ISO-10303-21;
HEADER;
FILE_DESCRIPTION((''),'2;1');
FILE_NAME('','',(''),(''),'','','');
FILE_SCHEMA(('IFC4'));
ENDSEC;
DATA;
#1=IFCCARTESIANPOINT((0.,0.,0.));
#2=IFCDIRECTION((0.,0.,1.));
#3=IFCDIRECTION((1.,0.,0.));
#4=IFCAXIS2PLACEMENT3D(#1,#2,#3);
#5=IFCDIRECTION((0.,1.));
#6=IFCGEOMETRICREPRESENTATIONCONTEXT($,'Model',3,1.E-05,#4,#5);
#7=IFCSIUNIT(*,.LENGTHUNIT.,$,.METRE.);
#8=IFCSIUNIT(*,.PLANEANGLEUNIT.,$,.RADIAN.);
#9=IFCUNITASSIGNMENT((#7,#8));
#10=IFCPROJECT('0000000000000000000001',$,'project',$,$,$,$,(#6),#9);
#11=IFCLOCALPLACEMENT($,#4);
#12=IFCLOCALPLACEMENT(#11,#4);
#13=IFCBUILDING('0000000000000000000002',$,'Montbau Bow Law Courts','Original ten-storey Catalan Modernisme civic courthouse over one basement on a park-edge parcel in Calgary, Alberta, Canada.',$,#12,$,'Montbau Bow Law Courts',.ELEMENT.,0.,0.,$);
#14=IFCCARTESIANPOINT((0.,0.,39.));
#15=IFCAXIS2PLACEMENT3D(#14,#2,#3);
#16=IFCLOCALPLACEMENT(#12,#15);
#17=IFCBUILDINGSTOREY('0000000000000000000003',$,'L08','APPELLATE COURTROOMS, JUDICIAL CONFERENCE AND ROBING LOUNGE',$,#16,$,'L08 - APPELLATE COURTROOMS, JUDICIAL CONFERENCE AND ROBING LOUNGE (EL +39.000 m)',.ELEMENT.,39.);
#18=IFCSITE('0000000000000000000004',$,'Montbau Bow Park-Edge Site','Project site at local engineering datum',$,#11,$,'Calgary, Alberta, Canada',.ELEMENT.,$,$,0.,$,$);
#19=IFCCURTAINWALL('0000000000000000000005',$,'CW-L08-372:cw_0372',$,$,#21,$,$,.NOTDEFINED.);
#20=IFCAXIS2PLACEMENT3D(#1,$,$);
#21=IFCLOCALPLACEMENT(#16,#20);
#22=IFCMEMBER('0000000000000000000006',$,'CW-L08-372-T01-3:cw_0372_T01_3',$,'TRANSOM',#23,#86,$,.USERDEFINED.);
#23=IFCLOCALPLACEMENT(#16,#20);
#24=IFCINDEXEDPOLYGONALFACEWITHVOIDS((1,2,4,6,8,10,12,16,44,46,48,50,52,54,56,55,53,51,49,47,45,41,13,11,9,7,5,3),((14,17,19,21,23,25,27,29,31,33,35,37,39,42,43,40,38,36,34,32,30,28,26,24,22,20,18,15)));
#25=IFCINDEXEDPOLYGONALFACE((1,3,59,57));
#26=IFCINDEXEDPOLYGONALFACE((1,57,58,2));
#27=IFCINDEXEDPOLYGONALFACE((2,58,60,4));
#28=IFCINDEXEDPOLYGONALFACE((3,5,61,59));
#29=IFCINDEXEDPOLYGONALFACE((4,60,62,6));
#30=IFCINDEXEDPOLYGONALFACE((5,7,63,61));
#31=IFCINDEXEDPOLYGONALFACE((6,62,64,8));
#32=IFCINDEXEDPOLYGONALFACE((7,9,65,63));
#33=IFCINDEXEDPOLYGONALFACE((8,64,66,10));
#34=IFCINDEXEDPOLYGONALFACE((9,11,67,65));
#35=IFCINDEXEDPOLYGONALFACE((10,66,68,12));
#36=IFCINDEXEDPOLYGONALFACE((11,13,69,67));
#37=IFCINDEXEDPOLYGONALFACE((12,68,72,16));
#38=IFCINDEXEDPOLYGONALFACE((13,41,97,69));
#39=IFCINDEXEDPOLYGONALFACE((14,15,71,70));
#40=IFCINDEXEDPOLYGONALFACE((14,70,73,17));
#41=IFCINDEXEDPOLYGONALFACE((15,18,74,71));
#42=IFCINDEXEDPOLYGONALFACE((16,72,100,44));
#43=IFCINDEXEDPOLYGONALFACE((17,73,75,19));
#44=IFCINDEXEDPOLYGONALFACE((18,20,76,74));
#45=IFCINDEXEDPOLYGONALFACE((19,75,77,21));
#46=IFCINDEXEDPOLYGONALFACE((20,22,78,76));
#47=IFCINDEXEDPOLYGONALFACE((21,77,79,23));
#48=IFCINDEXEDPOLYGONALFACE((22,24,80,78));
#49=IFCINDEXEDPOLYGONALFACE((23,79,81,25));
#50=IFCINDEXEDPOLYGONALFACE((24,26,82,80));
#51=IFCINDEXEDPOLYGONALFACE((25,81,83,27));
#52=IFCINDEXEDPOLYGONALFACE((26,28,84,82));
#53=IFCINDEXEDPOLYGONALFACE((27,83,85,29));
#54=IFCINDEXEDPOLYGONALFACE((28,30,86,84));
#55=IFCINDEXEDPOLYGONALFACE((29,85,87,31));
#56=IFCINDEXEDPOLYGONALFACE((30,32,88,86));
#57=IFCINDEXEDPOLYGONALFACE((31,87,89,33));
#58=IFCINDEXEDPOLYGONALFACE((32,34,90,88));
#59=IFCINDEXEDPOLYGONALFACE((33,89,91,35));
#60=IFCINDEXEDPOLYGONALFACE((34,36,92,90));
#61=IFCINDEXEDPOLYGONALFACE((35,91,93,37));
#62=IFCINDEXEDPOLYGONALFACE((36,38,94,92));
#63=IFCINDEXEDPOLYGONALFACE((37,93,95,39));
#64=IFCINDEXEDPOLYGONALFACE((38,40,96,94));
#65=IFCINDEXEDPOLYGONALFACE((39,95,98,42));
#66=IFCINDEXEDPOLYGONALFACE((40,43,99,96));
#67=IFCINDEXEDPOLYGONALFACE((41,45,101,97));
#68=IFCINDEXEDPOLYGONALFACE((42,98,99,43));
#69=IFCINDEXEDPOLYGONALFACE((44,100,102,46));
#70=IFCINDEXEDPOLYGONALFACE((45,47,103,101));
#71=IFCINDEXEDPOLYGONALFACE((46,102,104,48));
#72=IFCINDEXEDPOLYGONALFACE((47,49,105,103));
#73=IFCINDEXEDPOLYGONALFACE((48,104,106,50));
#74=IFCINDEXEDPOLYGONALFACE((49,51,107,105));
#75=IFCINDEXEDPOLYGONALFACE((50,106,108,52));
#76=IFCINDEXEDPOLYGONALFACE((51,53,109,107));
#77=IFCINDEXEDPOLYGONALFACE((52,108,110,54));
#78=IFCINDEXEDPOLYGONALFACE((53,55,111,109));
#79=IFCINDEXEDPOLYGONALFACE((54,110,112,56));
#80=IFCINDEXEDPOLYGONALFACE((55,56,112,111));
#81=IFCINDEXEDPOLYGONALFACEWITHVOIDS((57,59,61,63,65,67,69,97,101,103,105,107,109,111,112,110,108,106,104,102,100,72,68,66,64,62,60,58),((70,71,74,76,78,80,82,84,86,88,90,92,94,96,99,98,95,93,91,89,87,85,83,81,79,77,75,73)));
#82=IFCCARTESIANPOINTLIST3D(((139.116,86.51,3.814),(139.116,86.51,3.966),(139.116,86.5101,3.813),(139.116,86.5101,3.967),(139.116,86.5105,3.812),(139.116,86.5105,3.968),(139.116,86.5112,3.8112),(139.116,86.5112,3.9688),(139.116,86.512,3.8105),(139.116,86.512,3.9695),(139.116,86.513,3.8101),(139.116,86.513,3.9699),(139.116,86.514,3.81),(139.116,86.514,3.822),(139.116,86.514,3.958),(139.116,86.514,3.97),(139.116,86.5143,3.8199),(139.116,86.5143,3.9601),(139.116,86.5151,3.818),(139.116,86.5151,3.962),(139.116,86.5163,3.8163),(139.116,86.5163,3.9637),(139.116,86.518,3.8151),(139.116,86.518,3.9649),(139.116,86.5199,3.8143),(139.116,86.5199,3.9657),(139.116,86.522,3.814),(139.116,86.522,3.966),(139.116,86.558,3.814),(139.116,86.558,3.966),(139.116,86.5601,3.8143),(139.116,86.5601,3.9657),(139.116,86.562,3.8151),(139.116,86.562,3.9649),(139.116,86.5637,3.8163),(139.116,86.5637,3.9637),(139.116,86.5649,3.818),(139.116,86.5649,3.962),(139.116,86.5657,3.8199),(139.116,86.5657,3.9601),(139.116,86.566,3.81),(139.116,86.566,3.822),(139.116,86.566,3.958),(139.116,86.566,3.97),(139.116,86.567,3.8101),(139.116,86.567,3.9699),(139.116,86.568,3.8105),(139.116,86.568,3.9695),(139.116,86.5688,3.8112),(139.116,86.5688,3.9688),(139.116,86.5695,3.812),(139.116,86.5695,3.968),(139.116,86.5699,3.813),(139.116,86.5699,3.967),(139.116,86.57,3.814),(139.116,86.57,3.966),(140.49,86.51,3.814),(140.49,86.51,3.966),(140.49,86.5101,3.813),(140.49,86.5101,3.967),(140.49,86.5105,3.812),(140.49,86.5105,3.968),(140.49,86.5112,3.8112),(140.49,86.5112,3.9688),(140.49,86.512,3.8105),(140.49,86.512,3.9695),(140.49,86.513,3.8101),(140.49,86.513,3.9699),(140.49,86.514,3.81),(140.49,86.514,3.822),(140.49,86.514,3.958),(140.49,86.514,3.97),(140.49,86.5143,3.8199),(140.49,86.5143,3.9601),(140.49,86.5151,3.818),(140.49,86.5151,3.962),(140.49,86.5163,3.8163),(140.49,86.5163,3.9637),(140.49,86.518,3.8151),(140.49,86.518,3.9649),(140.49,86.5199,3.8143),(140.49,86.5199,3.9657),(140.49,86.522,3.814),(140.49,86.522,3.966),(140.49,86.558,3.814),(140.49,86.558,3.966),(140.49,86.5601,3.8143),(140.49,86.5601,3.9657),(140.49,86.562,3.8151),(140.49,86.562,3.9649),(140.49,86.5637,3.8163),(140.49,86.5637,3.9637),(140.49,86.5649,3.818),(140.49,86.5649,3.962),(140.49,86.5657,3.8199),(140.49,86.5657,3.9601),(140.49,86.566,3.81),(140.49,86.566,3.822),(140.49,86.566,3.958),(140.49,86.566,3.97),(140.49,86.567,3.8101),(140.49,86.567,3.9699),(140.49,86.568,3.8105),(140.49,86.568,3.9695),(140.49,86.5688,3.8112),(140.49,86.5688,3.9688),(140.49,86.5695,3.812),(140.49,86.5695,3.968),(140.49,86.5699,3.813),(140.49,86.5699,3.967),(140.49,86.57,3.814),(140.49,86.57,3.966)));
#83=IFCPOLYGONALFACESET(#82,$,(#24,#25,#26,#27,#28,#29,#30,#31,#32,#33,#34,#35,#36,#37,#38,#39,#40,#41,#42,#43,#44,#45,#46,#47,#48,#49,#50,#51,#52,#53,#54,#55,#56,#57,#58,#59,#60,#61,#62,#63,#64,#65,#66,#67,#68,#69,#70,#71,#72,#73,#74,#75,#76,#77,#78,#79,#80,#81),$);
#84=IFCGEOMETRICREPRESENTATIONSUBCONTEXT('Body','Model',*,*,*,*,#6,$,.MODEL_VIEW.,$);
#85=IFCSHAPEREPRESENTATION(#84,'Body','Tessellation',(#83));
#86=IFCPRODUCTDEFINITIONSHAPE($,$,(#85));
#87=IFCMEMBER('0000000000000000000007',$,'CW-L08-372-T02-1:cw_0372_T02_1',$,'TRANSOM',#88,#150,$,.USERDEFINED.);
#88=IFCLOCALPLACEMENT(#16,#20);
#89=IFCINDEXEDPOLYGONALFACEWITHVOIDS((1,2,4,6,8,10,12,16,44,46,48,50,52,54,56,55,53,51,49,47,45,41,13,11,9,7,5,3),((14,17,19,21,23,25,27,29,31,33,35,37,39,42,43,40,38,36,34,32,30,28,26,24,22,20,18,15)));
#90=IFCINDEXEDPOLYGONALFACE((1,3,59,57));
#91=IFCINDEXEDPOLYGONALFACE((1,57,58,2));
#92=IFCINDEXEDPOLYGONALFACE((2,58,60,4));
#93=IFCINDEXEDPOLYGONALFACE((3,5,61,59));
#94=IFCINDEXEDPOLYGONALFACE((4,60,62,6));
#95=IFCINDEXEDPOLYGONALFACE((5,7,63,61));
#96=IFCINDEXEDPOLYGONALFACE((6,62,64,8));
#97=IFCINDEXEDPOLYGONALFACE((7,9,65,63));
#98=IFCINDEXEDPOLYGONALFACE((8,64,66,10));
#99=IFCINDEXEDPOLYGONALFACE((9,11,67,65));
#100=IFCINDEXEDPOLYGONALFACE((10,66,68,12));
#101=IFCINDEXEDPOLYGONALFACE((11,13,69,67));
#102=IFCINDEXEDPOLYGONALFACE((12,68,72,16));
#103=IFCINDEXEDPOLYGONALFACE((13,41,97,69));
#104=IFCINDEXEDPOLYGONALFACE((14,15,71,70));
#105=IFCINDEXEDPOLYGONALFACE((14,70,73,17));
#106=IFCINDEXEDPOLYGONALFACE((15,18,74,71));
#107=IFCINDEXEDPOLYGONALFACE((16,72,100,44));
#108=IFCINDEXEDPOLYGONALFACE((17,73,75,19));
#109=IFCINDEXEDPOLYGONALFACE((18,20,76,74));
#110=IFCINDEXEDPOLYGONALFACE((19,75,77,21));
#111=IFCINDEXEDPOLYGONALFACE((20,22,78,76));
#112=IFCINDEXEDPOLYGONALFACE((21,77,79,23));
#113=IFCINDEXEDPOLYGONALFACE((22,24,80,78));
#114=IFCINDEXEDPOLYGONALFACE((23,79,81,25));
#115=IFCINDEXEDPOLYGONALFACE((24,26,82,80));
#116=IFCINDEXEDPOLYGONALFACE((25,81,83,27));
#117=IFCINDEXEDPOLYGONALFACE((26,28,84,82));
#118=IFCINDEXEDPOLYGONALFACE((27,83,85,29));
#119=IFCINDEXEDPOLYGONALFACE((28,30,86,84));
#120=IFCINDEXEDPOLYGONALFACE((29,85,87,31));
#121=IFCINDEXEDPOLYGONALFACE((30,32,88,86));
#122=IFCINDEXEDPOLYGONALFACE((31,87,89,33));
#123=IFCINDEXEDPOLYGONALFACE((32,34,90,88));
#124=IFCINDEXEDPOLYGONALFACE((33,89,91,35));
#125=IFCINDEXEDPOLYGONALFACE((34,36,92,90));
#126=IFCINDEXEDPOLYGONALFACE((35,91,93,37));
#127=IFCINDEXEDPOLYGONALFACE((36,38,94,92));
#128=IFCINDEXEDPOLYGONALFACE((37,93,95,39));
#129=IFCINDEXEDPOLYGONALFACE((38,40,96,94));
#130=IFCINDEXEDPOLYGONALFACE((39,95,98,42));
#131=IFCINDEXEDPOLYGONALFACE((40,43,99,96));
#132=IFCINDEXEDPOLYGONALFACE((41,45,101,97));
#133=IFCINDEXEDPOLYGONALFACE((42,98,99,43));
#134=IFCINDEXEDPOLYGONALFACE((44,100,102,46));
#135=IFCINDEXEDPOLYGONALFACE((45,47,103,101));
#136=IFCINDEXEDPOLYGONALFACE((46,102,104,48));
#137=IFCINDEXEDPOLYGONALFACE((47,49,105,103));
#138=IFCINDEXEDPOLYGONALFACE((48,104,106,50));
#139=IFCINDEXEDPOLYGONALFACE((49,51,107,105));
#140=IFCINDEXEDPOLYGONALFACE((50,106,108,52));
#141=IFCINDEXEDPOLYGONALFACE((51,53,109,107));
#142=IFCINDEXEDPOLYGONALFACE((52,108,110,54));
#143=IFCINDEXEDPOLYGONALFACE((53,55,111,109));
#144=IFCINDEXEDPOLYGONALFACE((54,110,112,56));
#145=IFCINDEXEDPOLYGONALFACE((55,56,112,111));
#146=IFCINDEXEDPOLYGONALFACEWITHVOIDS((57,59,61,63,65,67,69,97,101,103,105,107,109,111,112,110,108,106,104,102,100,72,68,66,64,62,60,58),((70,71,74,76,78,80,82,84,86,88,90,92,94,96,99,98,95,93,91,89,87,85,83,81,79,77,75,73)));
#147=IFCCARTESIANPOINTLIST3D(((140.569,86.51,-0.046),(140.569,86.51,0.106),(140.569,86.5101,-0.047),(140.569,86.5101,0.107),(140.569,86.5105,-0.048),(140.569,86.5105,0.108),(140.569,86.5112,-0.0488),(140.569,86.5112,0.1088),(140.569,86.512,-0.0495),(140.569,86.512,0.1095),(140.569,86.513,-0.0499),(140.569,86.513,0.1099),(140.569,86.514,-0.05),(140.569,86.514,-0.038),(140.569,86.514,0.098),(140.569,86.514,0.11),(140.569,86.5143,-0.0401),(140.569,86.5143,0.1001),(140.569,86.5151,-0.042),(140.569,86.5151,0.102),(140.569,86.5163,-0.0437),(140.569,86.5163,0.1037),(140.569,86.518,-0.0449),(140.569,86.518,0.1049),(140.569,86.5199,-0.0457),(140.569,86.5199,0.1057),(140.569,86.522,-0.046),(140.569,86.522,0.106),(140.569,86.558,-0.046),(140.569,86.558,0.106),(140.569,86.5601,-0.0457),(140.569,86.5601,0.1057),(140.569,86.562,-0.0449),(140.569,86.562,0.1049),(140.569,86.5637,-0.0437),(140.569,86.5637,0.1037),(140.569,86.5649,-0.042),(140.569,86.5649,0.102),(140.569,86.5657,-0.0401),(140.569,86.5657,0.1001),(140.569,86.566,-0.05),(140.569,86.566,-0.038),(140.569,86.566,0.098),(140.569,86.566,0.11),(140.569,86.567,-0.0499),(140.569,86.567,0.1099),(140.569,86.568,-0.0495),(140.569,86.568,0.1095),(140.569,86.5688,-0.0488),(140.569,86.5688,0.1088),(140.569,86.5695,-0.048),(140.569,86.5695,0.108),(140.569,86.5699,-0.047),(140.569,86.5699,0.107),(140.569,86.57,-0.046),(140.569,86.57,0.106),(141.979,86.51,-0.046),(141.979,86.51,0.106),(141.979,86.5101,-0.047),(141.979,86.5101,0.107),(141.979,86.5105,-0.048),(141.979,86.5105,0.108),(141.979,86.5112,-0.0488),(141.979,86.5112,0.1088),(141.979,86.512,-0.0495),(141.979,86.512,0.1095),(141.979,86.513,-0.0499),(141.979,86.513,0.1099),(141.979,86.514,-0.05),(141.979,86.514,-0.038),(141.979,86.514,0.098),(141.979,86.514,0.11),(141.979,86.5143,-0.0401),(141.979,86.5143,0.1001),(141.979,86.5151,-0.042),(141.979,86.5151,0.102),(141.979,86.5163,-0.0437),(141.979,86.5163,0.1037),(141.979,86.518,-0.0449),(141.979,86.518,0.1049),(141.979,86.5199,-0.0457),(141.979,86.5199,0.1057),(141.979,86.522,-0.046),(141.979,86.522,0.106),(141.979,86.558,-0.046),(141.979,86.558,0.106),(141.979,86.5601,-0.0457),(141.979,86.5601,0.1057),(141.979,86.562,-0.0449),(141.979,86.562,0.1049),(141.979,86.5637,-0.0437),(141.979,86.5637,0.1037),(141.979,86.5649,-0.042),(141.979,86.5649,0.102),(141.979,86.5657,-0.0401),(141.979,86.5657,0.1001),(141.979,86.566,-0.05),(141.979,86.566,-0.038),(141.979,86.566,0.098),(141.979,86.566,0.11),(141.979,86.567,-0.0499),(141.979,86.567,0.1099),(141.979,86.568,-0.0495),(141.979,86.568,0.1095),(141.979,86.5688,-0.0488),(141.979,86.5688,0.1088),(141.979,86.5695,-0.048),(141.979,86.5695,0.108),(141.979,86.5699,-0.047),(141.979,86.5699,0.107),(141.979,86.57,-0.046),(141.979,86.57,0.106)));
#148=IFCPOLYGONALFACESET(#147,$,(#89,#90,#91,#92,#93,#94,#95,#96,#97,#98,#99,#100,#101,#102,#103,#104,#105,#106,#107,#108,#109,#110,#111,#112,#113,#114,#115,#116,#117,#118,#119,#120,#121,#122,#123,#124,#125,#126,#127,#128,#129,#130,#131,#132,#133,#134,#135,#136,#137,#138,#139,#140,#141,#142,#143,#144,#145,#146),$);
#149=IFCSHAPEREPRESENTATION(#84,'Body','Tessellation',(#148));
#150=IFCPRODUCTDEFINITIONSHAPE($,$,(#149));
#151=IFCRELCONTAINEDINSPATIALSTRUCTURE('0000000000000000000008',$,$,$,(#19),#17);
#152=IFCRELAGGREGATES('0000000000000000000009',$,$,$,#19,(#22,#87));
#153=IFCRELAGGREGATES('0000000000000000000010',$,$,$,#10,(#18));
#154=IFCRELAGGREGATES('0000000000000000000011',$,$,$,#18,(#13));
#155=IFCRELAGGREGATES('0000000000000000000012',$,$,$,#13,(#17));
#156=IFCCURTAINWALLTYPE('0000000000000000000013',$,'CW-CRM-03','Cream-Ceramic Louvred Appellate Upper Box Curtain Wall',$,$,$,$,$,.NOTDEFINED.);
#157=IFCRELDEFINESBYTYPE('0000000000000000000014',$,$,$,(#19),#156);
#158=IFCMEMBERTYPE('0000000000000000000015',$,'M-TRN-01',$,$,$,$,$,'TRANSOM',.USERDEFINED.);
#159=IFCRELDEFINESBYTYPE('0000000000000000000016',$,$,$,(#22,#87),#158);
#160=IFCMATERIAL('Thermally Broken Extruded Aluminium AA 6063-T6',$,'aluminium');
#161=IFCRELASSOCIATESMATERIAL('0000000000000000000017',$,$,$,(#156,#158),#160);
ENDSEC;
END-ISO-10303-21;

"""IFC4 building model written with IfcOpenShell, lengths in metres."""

from ifc_helpers import new_model, si_unit, direction, frame, origin_with_axes, origin_2d_with_axis, place, context, subcontext, project, spatial, hollow_rectangle, extrude, material, material_profile, profile_set, type_object, element, aggregate, save


model = new_model("IFC4")

# Units and contexts
model_context = context("Model", 3, precision=1e-05, world=origin_with_axes(), true_north=direction((0.0, 1.0)))
body_context = subcontext(model_context, "Body", "Model", "MODEL_VIEW")
ifc_project = project(units=[si_unit("LENGTHUNIT", "METRE"), si_unit("PLANEANGLEUNIT", "RADIAN")], contexts=[model_context])

# Site, building, storey
site_placement = place(None, origin_with_axes())
site = spatial("IfcSite", under=ifc_project, at=site_placement, Name="Montbau Bow Park-Edge Site", Description="Project site at local engineering datum", LongName="Calgary, Alberta, Canada", CompositionType="ELEMENT", RefElevation=0.0)
building_placement = place(site_placement, origin_with_axes())
building = spatial("IfcBuilding", under=site, at=building_placement, Name="Montbau Bow Law Courts", Description="Original ten-storey Catalan Modernisme civic courthouse over one basement on a park-edge parcel in Calgary, Alberta, Canada.", LongName="Montbau Bow Law Courts", CompositionType="ELEMENT", ElevationOfRefHeight=0.0, ElevationOfTerrain=0.0)
storey_placement = place(building_placement, frame((0.0, 0.0, 39.0), z_axis=(0.0, 0.0, 1.0), x_axis=(1.0, 0.0, 0.0)))
storey = spatial("IfcBuildingStorey", under=building, at=storey_placement, Name="L08", Description="APPELLATE COURTROOMS, JUDICIAL CONFERENCE AND ROBING LOUNGE", LongName="L08 - APPELLATE COURTROOMS, JUDICIAL CONFERENCE AND ROBING LOUNGE (EL +39.000 m)", CompositionType="ELEMENT", Elevation=39.0)

# Curtain wall, members
ifc_material_1 = material(Name="Thermally Broken Extruded Aluminium AA 6063-T6", Category="aluminium")
curtain_wall_type = type_object("IfcCurtainWallType", Name="CW-CRM-03", Description="Cream-Ceramic Louvred Appellate Upper Box Curtain Wall", PredefinedType="NOTDEFINED", material=ifc_material_1)
curtain_wall_placement = place(None, frame((139.04, 86.54, 39.0), z_axis=(0.0, 0.0, 1.0), x_axis=(1.0, 0.0, 0.0)))
curtain_wall = element("IfcCurtainWall", 1, at=curtain_wall_placement, inside=storey, type_object=curtain_wall_type, Name="CW-L08-372:cw_0372", PredefinedType="NOTDEFINED")
ifc_material_profile_1 = material_profile(ifc_material_1, hollow_rectangle(XDim=0.06, YDim=0.16, WallThickness=0.004, InnerFilletRadius=0.008, OuterFilletRadius=0.004, at=origin_2d_with_axis()), Name="CWT-160X60", Category="Main", Priority=0)
ifc_profile_set_1 = profile_set([ifc_material_profile_1], Name="Thermally Broken Extruded Aluminium AA 6063-T6")
member_type_1 = type_object("IfcMemberType", Name="M-TRN-01", ElementType="TRANSOM", PredefinedType="USERDEFINED", material=ifc_profile_set_1)
member_1_placement = place(None, frame((139.116, 86.54, 42.89), z_axis=(1.0, 0.0, 0.0), x_axis=(0.0, 1.0, 0.0)))
member_1 = element("IfcMember", 2, at=member_1_placement, type_object=member_type_1, Name="CW-L08-372-T01-3:cw_0372_T01_3", ObjectType="TRANSOM", PredefinedType="USERDEFINED", context=body_context, shape_type="SweptSolid", body=[
    extrude(hollow_rectangle(XDim=0.06, YDim=0.16, WallThickness=0.004, InnerFilletRadius=0.008, OuterFilletRadius=0.004, at=origin_2d_with_axis()), origin_with_axes(), (0.0, 0.0, 1.0), 1.374),
])
member_2_placement = place(None, frame((140.569, 86.54, 39.03), z_axis=(1.0, 0.0, 0.0), x_axis=(0.0, 1.0, 0.0)))
member_2 = element("IfcMember", 3, at=member_2_placement, type_object=member_type_1, Name="CW-L08-372-T02-1:cw_0372_T02_1", ObjectType="TRANSOM", PredefinedType="USERDEFINED", context=body_context, shape_type="SweptSolid", body=[
    extrude(hollow_rectangle(XDim=0.06, YDim=0.16, WallThickness=0.004, InnerFilletRadius=0.008, OuterFilletRadius=0.004, at=origin_2d_with_axis()), origin_with_axes(), (0.0, 0.0, 1.0), 1.41),
])
aggregate(curtain_wall, [member_1, member_2])

save(model, "model.ifc")
